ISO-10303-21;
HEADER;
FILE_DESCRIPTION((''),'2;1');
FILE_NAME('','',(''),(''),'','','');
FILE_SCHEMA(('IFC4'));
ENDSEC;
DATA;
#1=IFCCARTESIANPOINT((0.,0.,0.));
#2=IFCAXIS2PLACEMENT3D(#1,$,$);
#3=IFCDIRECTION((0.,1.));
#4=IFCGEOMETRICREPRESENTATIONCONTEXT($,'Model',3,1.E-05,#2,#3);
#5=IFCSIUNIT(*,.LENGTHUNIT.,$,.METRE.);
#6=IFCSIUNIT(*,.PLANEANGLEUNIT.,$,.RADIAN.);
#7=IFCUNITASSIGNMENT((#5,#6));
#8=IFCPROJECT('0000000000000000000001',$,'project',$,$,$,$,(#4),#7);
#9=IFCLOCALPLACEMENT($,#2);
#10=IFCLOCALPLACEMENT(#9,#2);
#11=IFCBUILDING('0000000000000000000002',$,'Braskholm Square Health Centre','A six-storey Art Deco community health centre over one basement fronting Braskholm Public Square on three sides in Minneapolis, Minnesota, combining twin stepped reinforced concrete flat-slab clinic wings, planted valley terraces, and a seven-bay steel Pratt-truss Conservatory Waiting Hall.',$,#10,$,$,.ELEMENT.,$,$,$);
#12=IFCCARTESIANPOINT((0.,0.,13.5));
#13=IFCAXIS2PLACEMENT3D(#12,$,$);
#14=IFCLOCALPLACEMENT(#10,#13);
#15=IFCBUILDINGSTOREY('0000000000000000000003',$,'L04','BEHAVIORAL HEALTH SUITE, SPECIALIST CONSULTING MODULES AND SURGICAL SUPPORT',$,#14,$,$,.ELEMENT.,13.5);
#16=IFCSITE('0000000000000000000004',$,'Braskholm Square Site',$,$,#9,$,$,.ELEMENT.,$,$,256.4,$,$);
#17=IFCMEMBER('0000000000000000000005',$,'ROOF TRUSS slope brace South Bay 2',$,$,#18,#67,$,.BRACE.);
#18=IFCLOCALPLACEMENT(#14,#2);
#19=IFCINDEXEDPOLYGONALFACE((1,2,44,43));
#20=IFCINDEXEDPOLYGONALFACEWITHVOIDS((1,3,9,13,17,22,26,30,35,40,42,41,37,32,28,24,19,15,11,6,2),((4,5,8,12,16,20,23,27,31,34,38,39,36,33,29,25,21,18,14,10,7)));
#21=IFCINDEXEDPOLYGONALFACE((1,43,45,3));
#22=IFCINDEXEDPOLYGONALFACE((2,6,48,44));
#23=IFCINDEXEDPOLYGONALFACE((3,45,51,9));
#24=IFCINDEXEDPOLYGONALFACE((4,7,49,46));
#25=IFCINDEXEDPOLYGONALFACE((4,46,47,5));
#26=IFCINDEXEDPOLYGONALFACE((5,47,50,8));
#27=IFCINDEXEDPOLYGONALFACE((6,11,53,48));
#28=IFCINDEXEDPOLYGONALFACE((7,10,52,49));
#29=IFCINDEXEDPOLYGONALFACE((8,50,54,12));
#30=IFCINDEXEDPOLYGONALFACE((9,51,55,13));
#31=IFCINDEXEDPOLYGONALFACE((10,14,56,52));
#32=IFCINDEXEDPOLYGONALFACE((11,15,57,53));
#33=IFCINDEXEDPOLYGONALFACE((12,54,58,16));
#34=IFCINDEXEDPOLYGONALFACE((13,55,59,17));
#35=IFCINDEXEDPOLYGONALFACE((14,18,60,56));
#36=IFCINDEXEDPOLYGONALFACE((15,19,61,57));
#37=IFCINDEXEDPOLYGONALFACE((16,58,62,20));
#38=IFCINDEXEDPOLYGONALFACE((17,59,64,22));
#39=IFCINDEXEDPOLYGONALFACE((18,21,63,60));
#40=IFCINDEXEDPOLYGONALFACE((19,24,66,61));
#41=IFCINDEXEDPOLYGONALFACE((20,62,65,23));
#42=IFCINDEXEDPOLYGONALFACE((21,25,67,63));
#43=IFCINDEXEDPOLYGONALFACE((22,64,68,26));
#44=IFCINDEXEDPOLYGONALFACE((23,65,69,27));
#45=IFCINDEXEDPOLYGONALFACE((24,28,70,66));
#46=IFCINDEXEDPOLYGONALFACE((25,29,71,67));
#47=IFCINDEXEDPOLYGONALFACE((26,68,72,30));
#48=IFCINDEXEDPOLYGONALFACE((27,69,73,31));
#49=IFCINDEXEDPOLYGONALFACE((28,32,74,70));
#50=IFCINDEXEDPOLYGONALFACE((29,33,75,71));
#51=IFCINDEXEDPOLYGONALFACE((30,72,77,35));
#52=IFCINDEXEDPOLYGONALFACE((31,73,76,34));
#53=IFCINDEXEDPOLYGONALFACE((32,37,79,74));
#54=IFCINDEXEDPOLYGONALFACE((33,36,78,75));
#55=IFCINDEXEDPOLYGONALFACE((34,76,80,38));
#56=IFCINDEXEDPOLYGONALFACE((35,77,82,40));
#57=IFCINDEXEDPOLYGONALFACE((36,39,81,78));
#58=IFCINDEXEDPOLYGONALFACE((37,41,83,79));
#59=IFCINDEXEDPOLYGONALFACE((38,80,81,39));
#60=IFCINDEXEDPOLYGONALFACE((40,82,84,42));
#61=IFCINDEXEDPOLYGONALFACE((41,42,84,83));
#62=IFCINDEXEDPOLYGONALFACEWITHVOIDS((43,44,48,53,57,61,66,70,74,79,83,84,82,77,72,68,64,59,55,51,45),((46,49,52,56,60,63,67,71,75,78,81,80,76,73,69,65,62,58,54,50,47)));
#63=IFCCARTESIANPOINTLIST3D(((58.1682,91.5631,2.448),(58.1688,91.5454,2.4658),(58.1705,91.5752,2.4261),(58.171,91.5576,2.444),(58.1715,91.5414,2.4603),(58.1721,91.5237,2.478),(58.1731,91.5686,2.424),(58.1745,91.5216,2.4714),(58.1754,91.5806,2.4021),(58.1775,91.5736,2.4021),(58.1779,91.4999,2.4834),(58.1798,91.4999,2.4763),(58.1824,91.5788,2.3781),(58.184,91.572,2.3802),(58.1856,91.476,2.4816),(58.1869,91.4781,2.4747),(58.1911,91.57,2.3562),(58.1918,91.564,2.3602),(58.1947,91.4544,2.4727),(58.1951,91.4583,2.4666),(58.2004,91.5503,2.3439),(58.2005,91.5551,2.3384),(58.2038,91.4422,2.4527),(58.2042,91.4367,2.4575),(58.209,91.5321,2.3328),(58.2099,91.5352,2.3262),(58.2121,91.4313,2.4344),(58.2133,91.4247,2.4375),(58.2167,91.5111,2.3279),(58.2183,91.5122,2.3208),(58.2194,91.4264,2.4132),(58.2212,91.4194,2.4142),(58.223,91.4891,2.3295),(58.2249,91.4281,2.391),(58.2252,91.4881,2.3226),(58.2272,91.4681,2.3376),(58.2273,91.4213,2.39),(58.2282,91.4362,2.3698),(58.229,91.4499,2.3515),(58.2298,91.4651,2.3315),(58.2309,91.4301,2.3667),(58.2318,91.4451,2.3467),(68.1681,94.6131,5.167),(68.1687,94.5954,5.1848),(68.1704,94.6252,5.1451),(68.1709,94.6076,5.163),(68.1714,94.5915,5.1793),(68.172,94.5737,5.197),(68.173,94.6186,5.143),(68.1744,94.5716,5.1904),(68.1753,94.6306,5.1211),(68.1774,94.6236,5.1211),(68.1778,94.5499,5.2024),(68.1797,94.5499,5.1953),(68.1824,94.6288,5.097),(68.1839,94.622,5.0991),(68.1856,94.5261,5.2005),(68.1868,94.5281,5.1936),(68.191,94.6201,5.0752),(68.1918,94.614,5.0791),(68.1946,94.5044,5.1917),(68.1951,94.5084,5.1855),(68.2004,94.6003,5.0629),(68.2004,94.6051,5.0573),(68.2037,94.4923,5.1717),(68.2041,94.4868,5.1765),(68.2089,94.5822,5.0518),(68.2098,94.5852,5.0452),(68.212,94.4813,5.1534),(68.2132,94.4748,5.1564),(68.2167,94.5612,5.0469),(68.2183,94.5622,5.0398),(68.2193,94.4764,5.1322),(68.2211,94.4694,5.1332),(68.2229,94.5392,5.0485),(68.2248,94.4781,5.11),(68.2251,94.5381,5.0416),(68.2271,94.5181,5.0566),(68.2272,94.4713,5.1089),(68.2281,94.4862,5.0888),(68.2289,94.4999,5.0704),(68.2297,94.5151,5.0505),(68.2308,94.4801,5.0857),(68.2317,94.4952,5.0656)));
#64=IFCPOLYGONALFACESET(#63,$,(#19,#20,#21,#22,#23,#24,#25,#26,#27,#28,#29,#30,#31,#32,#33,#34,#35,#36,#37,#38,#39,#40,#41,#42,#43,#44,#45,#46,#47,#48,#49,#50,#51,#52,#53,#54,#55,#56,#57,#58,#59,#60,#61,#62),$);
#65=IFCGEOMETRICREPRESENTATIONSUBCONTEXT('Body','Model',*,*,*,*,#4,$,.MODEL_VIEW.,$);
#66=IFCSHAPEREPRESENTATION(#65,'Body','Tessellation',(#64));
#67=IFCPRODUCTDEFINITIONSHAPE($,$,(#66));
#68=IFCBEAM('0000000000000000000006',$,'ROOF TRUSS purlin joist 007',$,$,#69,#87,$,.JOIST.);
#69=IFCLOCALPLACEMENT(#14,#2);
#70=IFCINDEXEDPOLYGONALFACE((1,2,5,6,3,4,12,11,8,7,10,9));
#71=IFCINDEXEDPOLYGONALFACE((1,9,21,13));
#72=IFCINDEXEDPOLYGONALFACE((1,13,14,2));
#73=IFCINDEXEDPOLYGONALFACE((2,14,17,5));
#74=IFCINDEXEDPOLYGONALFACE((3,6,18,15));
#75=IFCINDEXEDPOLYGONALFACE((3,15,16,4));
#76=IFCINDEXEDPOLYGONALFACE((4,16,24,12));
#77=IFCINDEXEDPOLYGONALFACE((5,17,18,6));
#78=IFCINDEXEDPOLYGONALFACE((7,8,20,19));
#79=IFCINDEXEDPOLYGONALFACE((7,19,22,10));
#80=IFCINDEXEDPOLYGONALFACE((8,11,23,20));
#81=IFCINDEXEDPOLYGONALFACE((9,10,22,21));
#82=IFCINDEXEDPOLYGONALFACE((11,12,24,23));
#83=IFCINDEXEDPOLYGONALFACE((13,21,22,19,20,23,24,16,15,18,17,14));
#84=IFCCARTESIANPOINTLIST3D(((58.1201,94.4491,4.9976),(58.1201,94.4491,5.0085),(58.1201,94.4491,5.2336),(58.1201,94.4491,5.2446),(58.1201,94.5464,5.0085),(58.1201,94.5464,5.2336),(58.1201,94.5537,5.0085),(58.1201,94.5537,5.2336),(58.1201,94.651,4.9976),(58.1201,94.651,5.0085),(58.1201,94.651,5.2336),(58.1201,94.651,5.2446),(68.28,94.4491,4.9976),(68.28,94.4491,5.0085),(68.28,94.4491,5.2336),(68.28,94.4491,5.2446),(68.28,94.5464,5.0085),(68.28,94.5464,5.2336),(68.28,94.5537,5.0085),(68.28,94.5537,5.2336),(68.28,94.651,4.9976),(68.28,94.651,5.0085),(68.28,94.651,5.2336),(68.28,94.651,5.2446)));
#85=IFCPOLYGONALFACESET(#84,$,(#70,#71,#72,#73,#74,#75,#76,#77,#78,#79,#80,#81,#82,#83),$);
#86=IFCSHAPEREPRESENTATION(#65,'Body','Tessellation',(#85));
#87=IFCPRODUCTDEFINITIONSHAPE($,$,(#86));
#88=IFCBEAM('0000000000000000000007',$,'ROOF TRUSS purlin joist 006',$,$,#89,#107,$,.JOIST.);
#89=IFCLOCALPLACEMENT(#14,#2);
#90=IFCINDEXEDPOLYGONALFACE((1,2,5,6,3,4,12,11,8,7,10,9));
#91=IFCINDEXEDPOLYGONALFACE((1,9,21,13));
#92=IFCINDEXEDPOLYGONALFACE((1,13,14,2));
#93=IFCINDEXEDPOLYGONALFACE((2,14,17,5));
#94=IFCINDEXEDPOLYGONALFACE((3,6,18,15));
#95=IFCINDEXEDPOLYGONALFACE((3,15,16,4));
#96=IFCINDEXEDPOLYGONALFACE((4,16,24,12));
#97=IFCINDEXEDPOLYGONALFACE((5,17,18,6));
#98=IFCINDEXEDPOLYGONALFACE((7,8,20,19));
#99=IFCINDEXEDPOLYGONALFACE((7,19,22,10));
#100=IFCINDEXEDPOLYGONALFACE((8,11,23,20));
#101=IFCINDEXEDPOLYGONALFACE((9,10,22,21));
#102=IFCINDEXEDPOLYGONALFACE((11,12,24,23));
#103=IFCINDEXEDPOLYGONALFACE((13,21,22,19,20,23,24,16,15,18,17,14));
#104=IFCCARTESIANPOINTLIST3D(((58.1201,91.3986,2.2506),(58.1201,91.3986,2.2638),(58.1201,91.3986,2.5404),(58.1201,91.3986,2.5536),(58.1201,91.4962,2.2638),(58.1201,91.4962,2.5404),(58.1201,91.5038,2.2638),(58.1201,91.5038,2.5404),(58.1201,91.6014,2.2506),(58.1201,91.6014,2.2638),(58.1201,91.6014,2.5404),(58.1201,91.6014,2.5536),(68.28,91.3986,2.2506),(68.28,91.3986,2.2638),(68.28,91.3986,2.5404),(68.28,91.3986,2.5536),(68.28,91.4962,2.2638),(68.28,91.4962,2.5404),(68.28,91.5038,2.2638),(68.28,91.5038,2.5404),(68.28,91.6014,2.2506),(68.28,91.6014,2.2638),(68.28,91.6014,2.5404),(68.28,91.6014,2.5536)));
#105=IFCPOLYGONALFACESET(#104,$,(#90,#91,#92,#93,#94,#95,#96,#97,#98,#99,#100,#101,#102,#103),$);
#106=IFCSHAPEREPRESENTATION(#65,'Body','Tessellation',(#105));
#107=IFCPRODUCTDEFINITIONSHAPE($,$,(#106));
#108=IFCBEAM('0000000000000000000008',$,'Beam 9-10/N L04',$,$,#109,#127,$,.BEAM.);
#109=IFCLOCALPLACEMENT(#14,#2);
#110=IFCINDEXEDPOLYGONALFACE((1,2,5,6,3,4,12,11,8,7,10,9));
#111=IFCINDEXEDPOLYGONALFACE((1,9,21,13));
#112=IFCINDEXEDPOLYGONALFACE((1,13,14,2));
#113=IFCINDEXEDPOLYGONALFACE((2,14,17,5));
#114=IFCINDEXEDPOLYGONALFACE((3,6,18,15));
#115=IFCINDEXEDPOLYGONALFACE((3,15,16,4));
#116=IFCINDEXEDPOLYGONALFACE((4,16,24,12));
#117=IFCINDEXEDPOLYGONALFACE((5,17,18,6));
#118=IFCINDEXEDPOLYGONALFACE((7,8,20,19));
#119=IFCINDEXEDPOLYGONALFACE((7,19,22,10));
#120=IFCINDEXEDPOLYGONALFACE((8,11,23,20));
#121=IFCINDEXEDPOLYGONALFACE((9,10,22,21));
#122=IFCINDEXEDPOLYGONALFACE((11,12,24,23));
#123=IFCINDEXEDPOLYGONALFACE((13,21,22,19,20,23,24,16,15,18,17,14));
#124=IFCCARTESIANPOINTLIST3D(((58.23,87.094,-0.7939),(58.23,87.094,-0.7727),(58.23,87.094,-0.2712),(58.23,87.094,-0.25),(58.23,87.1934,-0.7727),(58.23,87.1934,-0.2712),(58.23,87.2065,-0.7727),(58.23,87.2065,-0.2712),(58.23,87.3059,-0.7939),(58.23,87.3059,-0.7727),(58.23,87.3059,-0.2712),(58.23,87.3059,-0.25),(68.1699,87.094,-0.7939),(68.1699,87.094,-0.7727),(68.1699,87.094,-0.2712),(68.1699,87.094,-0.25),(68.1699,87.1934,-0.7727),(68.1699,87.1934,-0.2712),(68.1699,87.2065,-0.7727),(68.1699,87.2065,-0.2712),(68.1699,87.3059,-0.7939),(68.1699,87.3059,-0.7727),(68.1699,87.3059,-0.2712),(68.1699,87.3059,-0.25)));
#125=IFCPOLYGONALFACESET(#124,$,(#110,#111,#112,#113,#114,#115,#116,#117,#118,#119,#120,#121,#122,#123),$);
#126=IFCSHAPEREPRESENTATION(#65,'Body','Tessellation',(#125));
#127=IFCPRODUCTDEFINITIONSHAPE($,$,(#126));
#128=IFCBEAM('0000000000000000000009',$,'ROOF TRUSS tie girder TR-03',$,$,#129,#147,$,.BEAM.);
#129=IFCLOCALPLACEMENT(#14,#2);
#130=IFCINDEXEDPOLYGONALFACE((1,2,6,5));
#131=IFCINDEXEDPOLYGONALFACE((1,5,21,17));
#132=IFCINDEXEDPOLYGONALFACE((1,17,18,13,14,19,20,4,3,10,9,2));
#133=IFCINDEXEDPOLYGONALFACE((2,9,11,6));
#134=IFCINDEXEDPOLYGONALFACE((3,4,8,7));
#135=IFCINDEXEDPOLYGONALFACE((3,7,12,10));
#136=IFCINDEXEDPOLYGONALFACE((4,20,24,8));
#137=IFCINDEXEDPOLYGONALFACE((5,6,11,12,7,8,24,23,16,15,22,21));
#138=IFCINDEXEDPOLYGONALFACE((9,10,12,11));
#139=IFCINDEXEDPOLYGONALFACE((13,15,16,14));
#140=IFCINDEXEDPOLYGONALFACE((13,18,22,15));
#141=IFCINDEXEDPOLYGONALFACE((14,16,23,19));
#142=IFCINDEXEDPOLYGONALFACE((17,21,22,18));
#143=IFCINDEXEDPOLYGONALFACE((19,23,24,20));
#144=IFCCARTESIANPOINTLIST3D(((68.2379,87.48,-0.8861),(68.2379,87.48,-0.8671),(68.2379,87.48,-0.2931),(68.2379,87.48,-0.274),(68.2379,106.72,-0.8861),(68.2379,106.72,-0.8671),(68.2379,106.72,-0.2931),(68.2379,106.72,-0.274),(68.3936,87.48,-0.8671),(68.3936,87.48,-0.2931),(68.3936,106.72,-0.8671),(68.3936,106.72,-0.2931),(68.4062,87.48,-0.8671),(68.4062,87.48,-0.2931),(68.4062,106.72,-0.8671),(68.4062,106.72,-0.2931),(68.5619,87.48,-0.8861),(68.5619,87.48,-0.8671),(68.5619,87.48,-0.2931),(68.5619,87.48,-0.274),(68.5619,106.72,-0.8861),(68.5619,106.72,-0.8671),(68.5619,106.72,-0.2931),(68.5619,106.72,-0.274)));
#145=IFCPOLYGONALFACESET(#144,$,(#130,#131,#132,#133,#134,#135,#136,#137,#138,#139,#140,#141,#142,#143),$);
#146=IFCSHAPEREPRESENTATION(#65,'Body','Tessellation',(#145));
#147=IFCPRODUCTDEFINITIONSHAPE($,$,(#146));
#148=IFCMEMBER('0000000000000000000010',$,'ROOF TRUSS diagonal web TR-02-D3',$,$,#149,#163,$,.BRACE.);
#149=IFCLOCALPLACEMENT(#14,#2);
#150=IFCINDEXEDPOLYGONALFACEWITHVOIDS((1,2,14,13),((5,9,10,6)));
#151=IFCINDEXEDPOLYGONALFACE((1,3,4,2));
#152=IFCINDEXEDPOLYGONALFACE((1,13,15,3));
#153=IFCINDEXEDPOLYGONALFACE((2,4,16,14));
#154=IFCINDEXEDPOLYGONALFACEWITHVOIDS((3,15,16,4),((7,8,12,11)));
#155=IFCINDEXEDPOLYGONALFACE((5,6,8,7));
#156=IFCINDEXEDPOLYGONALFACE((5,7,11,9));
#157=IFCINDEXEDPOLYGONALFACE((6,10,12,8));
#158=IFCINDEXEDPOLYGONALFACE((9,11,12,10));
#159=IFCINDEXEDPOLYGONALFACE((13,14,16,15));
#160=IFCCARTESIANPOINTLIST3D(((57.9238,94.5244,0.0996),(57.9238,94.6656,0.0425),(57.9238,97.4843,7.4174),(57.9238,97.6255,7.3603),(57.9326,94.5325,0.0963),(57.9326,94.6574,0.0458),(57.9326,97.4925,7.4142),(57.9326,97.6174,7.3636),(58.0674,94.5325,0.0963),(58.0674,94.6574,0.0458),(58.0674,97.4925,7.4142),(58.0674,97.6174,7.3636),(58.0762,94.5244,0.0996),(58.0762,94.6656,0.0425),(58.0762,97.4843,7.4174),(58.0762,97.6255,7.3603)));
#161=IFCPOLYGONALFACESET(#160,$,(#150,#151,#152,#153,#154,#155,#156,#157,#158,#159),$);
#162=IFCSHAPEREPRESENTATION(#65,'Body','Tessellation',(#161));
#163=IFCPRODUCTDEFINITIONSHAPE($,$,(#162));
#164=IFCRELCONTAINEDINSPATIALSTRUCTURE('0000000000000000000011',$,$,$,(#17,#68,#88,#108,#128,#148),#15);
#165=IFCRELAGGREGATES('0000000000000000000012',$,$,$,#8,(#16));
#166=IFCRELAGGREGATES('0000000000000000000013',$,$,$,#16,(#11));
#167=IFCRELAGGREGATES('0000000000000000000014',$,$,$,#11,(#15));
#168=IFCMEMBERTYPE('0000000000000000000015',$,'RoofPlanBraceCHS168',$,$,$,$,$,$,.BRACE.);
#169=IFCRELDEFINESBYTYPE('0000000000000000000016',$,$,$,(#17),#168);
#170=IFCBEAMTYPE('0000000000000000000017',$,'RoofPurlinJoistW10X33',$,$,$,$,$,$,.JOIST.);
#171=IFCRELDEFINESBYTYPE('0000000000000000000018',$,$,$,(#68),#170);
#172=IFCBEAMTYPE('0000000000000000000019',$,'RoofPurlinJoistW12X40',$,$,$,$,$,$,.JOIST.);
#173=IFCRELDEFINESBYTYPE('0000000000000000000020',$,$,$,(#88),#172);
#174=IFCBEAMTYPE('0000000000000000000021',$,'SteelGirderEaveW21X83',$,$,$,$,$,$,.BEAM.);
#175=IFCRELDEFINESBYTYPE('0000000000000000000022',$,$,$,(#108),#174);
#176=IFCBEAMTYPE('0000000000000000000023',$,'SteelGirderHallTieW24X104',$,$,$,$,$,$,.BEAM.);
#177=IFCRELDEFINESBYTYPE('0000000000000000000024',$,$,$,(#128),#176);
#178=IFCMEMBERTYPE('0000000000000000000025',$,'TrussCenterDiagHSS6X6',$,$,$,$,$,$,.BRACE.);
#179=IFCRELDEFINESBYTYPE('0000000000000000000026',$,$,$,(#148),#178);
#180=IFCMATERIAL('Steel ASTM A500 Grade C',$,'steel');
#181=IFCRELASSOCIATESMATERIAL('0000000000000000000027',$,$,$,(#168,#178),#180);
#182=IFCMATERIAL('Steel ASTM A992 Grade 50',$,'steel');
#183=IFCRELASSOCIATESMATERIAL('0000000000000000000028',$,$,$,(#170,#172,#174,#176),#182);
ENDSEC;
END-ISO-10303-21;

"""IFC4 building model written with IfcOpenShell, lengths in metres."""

from ifc_helpers import new_model, si_unit, direction, frame, origin, origin_2d, place, context, subcontext, project, spatial, hollow_rectangle, hollow_circle, i_section, extrude, material, material_profile, profile_set, type_object, element, save


model = new_model("IFC4")

# Units and contexts
model_context = context("Model", 3, precision=1e-05, world=origin(), true_north=direction((0.0, 1.0)))
body_context = subcontext(model_context, "Body", "Model", "MODEL_VIEW")
ifc_project = project(units=[si_unit("LENGTHUNIT", "METRE"), si_unit("PLANEANGLEUNIT", "RADIAN")], contexts=[model_context])

# Site, building, storey
site_placement = place(None, origin())
site = spatial("IfcSite", under=ifc_project, at=site_placement, Name="Braskholm Square Site", CompositionType="ELEMENT", RefElevation=256.4)
building_placement = place(site_placement, origin())
building = spatial("IfcBuilding", under=site, at=building_placement, Name="Braskholm Square Health Centre", Description="A six-storey Art Deco community health centre over one basement fronting Braskholm Public Square on three sides in Minneapolis, Minnesota, combining twin stepped reinforced concrete flat-slab clinic wings, planted valley terraces, and a seven-bay steel Pratt-truss Conservatory Waiting Hall.", CompositionType="ELEMENT")
storey_placement = place(building_placement, frame((0.0, 0.0, 13.5)))
storey = spatial("IfcBuildingStorey", under=building, at=storey_placement, Name="L04", Description="BEHAVIORAL HEALTH SUITE, SPECIALIST CONSULTING MODULES AND SURGICAL SUPPORT", CompositionType="ELEMENT", Elevation=13.5)

# Member
ifc_material_1 = material(Name="Steel ASTM A500 Grade C", Category="steel")
ifc_material_profile_1 = material_profile(ifc_material_1, hollow_circle(Radius=0.0842, WallThickness=0.0073, at=origin_2d()), Name="HSS6.625X0.312")
ifc_profile_set_1 = profile_set([ifc_material_profile_1], Name="Steel ASTM A500 Grade C")
member_type_1 = type_object("IfcMemberType", Name="RoofPlanBraceCHS168", PredefinedType="BRACE", material=ifc_profile_set_1)
member_1_placement = place(storey_placement, frame((58.2, 91.5, 2.4021), z_axis=(0.925705, 0.282344, 0.251699), x_axis=(-0.291737, 0.956499, 0.0)))
element("IfcMember", 1, at=member_1_placement, inside=storey, type_object=member_type_1, Name="ROOF TRUSS slope brace South Bay 2", PredefinedType="BRACE", context=body_context, shape_type="SweptSolid", body=[
    extrude(hollow_circle(Radius=0.0842, WallThickness=0.0073, at=origin_2d()), origin(), (0.0, 0.0, 1.0), 10.8025),
])

# Beams
ifc_material_2 = material(Name="Steel ASTM A992 Grade 50", Category="steel")
ifc_material_profile_2 = material_profile(ifc_material_2, i_section(OverallWidth=0.2019, OverallDepth=0.2471, WebThickness=0.0073, FlangeThickness=0.011, at=origin_2d()), Name="W10X33")
ifc_profile_set_2 = profile_set([ifc_material_profile_2], Name="Steel ASTM A992 Grade 50")
beam_type_1 = type_object("IfcBeamType", Name="RoofPurlinJoistW10X33", PredefinedType="JOIST", material=ifc_profile_set_2)
beam_1_placement = place(storey_placement, frame((58.1201, 94.55, 5.1211), z_axis=(1.0, 0.0, 0.0), x_axis=(0.0, 1.0, 0.0)))
element("IfcBeam", 2, at=beam_1_placement, inside=storey, type_object=beam_type_1, Name="ROOF TRUSS purlin joist 007", PredefinedType="JOIST", context=body_context, shape_type="SweptSolid", body=[
    extrude(i_section(OverallWidth=0.2019, OverallDepth=0.2471, WebThickness=0.0073, FlangeThickness=0.011, at=origin_2d()), origin(), (0.0, 0.0, 1.0), 10.1599),
])
ifc_material_profile_3 = material_profile(ifc_material_2, i_section(OverallWidth=0.2029, OverallDepth=0.303, WebThickness=0.0076, FlangeThickness=0.0132, at=origin_2d()), Name="W12X40")
ifc_profile_set_3 = profile_set([ifc_material_profile_3], Name="Steel ASTM A992 Grade 50")
beam_type_2 = type_object("IfcBeamType", Name="RoofPurlinJoistW12X40", PredefinedType="JOIST", material=ifc_profile_set_3)
beam_2_placement = place(storey_placement, frame((58.1201, 91.5, 2.4021), z_axis=(1.0, 0.0, 0.0), x_axis=(0.0, 1.0, 0.0)))
element("IfcBeam", 3, at=beam_2_placement, inside=storey, type_object=beam_type_2, Name="ROOF TRUSS purlin joist 006", PredefinedType="JOIST", context=body_context, shape_type="SweptSolid", body=[
    extrude(i_section(OverallWidth=0.2029, OverallDepth=0.303, WebThickness=0.0076, FlangeThickness=0.0132, at=origin_2d()), origin(), (0.0, 0.0, 1.0), 10.1599),
])
ifc_material_profile_4 = material_profile(ifc_material_2, i_section(OverallWidth=0.2119, OverallDepth=0.5439, WebThickness=0.0132, FlangeThickness=0.0212, at=origin_2d()), Name="W21X83")
ifc_profile_set_4 = profile_set([ifc_material_profile_4], Name="Steel ASTM A992 Grade 50")
beam_type_3 = type_object("IfcBeamType", Name="SteelGirderEaveW21X83", PredefinedType="BEAM", material=ifc_profile_set_4)
beam_3_placement = place(storey_placement, frame((58.23, 87.2, -0.522), z_axis=(1.0, 0.0, 0.0), x_axis=(0.0, 1.0, 0.0)))
element("IfcBeam", 4, at=beam_3_placement, inside=storey, type_object=beam_type_3, Name="Beam 9-10/N L04", PredefinedType="BEAM", context=body_context, shape_type="SweptSolid", body=[
    extrude(i_section(OverallWidth=0.2119, OverallDepth=0.5439, WebThickness=0.0132, FlangeThickness=0.0212, at=origin_2d()), origin(), (0.0, 0.0, 1.0), 9.9399),
])
ifc_material_profile_5 = material_profile(ifc_material_2, i_section(OverallWidth=0.324, OverallDepth=0.6121, WebThickness=0.0127, FlangeThickness=0.019, at=origin_2d()), Name="W24X104")
ifc_profile_set_5 = profile_set([ifc_material_profile_5], Name="Steel ASTM A992 Grade 50")
beam_type_4 = type_object("IfcBeamType", Name="SteelGirderHallTieW24X104", PredefinedType="BEAM", material=ifc_profile_set_5)
beam_4_placement = place(storey_placement, frame((68.3999, 87.48, -0.5801), z_axis=(0.0, 1.0, 0.0), x_axis=(-1.0, 0.0, 0.0)))
element("IfcBeam", 5, at=beam_4_placement, inside=storey, type_object=beam_type_4, Name="ROOF TRUSS tie girder TR-03", PredefinedType="BEAM", context=body_context, shape_type="SweptSolid", body=[
    extrude(i_section(OverallWidth=0.324, OverallDepth=0.6121, WebThickness=0.0127, FlangeThickness=0.019, at=origin_2d()), origin(), (0.0, 0.0, 1.0), 19.24),
])

# Member
ifc_material_profile_6 = material_profile(ifc_material_1, hollow_rectangle(XDim=0.1523, YDim=0.1523, WallThickness=0.0088, at=origin_2d()), Name="HSS6X6X3/8")
ifc_profile_set_6 = profile_set([ifc_material_profile_6], Name="Steel ASTM A500 Grade C")
member_type_2 = type_object("IfcMemberType", Name="TrussCenterDiagHSS6X6", PredefinedType="BRACE", material=ifc_profile_set_6)
member_2_placement = place(storey_placement, frame((58.0, 94.595, 0.071), z_axis=(0.0, 0.374971, 0.927036), x_axis=(-1.0, 0.0, 0.0)))
element("IfcMember", 6, at=member_2_placement, inside=storey, type_object=member_type_2, Name="ROOF TRUSS diagonal web TR-02-D3", PredefinedType="BRACE", context=body_context, shape_type="SweptSolid", body=[
    extrude(hollow_rectangle(XDim=0.1523, YDim=0.1523, WallThickness=0.0088, at=origin_2d()), origin(), (0.0, 0.0, 1.0), 7.8938),
])

save(model, "model.ifc")
